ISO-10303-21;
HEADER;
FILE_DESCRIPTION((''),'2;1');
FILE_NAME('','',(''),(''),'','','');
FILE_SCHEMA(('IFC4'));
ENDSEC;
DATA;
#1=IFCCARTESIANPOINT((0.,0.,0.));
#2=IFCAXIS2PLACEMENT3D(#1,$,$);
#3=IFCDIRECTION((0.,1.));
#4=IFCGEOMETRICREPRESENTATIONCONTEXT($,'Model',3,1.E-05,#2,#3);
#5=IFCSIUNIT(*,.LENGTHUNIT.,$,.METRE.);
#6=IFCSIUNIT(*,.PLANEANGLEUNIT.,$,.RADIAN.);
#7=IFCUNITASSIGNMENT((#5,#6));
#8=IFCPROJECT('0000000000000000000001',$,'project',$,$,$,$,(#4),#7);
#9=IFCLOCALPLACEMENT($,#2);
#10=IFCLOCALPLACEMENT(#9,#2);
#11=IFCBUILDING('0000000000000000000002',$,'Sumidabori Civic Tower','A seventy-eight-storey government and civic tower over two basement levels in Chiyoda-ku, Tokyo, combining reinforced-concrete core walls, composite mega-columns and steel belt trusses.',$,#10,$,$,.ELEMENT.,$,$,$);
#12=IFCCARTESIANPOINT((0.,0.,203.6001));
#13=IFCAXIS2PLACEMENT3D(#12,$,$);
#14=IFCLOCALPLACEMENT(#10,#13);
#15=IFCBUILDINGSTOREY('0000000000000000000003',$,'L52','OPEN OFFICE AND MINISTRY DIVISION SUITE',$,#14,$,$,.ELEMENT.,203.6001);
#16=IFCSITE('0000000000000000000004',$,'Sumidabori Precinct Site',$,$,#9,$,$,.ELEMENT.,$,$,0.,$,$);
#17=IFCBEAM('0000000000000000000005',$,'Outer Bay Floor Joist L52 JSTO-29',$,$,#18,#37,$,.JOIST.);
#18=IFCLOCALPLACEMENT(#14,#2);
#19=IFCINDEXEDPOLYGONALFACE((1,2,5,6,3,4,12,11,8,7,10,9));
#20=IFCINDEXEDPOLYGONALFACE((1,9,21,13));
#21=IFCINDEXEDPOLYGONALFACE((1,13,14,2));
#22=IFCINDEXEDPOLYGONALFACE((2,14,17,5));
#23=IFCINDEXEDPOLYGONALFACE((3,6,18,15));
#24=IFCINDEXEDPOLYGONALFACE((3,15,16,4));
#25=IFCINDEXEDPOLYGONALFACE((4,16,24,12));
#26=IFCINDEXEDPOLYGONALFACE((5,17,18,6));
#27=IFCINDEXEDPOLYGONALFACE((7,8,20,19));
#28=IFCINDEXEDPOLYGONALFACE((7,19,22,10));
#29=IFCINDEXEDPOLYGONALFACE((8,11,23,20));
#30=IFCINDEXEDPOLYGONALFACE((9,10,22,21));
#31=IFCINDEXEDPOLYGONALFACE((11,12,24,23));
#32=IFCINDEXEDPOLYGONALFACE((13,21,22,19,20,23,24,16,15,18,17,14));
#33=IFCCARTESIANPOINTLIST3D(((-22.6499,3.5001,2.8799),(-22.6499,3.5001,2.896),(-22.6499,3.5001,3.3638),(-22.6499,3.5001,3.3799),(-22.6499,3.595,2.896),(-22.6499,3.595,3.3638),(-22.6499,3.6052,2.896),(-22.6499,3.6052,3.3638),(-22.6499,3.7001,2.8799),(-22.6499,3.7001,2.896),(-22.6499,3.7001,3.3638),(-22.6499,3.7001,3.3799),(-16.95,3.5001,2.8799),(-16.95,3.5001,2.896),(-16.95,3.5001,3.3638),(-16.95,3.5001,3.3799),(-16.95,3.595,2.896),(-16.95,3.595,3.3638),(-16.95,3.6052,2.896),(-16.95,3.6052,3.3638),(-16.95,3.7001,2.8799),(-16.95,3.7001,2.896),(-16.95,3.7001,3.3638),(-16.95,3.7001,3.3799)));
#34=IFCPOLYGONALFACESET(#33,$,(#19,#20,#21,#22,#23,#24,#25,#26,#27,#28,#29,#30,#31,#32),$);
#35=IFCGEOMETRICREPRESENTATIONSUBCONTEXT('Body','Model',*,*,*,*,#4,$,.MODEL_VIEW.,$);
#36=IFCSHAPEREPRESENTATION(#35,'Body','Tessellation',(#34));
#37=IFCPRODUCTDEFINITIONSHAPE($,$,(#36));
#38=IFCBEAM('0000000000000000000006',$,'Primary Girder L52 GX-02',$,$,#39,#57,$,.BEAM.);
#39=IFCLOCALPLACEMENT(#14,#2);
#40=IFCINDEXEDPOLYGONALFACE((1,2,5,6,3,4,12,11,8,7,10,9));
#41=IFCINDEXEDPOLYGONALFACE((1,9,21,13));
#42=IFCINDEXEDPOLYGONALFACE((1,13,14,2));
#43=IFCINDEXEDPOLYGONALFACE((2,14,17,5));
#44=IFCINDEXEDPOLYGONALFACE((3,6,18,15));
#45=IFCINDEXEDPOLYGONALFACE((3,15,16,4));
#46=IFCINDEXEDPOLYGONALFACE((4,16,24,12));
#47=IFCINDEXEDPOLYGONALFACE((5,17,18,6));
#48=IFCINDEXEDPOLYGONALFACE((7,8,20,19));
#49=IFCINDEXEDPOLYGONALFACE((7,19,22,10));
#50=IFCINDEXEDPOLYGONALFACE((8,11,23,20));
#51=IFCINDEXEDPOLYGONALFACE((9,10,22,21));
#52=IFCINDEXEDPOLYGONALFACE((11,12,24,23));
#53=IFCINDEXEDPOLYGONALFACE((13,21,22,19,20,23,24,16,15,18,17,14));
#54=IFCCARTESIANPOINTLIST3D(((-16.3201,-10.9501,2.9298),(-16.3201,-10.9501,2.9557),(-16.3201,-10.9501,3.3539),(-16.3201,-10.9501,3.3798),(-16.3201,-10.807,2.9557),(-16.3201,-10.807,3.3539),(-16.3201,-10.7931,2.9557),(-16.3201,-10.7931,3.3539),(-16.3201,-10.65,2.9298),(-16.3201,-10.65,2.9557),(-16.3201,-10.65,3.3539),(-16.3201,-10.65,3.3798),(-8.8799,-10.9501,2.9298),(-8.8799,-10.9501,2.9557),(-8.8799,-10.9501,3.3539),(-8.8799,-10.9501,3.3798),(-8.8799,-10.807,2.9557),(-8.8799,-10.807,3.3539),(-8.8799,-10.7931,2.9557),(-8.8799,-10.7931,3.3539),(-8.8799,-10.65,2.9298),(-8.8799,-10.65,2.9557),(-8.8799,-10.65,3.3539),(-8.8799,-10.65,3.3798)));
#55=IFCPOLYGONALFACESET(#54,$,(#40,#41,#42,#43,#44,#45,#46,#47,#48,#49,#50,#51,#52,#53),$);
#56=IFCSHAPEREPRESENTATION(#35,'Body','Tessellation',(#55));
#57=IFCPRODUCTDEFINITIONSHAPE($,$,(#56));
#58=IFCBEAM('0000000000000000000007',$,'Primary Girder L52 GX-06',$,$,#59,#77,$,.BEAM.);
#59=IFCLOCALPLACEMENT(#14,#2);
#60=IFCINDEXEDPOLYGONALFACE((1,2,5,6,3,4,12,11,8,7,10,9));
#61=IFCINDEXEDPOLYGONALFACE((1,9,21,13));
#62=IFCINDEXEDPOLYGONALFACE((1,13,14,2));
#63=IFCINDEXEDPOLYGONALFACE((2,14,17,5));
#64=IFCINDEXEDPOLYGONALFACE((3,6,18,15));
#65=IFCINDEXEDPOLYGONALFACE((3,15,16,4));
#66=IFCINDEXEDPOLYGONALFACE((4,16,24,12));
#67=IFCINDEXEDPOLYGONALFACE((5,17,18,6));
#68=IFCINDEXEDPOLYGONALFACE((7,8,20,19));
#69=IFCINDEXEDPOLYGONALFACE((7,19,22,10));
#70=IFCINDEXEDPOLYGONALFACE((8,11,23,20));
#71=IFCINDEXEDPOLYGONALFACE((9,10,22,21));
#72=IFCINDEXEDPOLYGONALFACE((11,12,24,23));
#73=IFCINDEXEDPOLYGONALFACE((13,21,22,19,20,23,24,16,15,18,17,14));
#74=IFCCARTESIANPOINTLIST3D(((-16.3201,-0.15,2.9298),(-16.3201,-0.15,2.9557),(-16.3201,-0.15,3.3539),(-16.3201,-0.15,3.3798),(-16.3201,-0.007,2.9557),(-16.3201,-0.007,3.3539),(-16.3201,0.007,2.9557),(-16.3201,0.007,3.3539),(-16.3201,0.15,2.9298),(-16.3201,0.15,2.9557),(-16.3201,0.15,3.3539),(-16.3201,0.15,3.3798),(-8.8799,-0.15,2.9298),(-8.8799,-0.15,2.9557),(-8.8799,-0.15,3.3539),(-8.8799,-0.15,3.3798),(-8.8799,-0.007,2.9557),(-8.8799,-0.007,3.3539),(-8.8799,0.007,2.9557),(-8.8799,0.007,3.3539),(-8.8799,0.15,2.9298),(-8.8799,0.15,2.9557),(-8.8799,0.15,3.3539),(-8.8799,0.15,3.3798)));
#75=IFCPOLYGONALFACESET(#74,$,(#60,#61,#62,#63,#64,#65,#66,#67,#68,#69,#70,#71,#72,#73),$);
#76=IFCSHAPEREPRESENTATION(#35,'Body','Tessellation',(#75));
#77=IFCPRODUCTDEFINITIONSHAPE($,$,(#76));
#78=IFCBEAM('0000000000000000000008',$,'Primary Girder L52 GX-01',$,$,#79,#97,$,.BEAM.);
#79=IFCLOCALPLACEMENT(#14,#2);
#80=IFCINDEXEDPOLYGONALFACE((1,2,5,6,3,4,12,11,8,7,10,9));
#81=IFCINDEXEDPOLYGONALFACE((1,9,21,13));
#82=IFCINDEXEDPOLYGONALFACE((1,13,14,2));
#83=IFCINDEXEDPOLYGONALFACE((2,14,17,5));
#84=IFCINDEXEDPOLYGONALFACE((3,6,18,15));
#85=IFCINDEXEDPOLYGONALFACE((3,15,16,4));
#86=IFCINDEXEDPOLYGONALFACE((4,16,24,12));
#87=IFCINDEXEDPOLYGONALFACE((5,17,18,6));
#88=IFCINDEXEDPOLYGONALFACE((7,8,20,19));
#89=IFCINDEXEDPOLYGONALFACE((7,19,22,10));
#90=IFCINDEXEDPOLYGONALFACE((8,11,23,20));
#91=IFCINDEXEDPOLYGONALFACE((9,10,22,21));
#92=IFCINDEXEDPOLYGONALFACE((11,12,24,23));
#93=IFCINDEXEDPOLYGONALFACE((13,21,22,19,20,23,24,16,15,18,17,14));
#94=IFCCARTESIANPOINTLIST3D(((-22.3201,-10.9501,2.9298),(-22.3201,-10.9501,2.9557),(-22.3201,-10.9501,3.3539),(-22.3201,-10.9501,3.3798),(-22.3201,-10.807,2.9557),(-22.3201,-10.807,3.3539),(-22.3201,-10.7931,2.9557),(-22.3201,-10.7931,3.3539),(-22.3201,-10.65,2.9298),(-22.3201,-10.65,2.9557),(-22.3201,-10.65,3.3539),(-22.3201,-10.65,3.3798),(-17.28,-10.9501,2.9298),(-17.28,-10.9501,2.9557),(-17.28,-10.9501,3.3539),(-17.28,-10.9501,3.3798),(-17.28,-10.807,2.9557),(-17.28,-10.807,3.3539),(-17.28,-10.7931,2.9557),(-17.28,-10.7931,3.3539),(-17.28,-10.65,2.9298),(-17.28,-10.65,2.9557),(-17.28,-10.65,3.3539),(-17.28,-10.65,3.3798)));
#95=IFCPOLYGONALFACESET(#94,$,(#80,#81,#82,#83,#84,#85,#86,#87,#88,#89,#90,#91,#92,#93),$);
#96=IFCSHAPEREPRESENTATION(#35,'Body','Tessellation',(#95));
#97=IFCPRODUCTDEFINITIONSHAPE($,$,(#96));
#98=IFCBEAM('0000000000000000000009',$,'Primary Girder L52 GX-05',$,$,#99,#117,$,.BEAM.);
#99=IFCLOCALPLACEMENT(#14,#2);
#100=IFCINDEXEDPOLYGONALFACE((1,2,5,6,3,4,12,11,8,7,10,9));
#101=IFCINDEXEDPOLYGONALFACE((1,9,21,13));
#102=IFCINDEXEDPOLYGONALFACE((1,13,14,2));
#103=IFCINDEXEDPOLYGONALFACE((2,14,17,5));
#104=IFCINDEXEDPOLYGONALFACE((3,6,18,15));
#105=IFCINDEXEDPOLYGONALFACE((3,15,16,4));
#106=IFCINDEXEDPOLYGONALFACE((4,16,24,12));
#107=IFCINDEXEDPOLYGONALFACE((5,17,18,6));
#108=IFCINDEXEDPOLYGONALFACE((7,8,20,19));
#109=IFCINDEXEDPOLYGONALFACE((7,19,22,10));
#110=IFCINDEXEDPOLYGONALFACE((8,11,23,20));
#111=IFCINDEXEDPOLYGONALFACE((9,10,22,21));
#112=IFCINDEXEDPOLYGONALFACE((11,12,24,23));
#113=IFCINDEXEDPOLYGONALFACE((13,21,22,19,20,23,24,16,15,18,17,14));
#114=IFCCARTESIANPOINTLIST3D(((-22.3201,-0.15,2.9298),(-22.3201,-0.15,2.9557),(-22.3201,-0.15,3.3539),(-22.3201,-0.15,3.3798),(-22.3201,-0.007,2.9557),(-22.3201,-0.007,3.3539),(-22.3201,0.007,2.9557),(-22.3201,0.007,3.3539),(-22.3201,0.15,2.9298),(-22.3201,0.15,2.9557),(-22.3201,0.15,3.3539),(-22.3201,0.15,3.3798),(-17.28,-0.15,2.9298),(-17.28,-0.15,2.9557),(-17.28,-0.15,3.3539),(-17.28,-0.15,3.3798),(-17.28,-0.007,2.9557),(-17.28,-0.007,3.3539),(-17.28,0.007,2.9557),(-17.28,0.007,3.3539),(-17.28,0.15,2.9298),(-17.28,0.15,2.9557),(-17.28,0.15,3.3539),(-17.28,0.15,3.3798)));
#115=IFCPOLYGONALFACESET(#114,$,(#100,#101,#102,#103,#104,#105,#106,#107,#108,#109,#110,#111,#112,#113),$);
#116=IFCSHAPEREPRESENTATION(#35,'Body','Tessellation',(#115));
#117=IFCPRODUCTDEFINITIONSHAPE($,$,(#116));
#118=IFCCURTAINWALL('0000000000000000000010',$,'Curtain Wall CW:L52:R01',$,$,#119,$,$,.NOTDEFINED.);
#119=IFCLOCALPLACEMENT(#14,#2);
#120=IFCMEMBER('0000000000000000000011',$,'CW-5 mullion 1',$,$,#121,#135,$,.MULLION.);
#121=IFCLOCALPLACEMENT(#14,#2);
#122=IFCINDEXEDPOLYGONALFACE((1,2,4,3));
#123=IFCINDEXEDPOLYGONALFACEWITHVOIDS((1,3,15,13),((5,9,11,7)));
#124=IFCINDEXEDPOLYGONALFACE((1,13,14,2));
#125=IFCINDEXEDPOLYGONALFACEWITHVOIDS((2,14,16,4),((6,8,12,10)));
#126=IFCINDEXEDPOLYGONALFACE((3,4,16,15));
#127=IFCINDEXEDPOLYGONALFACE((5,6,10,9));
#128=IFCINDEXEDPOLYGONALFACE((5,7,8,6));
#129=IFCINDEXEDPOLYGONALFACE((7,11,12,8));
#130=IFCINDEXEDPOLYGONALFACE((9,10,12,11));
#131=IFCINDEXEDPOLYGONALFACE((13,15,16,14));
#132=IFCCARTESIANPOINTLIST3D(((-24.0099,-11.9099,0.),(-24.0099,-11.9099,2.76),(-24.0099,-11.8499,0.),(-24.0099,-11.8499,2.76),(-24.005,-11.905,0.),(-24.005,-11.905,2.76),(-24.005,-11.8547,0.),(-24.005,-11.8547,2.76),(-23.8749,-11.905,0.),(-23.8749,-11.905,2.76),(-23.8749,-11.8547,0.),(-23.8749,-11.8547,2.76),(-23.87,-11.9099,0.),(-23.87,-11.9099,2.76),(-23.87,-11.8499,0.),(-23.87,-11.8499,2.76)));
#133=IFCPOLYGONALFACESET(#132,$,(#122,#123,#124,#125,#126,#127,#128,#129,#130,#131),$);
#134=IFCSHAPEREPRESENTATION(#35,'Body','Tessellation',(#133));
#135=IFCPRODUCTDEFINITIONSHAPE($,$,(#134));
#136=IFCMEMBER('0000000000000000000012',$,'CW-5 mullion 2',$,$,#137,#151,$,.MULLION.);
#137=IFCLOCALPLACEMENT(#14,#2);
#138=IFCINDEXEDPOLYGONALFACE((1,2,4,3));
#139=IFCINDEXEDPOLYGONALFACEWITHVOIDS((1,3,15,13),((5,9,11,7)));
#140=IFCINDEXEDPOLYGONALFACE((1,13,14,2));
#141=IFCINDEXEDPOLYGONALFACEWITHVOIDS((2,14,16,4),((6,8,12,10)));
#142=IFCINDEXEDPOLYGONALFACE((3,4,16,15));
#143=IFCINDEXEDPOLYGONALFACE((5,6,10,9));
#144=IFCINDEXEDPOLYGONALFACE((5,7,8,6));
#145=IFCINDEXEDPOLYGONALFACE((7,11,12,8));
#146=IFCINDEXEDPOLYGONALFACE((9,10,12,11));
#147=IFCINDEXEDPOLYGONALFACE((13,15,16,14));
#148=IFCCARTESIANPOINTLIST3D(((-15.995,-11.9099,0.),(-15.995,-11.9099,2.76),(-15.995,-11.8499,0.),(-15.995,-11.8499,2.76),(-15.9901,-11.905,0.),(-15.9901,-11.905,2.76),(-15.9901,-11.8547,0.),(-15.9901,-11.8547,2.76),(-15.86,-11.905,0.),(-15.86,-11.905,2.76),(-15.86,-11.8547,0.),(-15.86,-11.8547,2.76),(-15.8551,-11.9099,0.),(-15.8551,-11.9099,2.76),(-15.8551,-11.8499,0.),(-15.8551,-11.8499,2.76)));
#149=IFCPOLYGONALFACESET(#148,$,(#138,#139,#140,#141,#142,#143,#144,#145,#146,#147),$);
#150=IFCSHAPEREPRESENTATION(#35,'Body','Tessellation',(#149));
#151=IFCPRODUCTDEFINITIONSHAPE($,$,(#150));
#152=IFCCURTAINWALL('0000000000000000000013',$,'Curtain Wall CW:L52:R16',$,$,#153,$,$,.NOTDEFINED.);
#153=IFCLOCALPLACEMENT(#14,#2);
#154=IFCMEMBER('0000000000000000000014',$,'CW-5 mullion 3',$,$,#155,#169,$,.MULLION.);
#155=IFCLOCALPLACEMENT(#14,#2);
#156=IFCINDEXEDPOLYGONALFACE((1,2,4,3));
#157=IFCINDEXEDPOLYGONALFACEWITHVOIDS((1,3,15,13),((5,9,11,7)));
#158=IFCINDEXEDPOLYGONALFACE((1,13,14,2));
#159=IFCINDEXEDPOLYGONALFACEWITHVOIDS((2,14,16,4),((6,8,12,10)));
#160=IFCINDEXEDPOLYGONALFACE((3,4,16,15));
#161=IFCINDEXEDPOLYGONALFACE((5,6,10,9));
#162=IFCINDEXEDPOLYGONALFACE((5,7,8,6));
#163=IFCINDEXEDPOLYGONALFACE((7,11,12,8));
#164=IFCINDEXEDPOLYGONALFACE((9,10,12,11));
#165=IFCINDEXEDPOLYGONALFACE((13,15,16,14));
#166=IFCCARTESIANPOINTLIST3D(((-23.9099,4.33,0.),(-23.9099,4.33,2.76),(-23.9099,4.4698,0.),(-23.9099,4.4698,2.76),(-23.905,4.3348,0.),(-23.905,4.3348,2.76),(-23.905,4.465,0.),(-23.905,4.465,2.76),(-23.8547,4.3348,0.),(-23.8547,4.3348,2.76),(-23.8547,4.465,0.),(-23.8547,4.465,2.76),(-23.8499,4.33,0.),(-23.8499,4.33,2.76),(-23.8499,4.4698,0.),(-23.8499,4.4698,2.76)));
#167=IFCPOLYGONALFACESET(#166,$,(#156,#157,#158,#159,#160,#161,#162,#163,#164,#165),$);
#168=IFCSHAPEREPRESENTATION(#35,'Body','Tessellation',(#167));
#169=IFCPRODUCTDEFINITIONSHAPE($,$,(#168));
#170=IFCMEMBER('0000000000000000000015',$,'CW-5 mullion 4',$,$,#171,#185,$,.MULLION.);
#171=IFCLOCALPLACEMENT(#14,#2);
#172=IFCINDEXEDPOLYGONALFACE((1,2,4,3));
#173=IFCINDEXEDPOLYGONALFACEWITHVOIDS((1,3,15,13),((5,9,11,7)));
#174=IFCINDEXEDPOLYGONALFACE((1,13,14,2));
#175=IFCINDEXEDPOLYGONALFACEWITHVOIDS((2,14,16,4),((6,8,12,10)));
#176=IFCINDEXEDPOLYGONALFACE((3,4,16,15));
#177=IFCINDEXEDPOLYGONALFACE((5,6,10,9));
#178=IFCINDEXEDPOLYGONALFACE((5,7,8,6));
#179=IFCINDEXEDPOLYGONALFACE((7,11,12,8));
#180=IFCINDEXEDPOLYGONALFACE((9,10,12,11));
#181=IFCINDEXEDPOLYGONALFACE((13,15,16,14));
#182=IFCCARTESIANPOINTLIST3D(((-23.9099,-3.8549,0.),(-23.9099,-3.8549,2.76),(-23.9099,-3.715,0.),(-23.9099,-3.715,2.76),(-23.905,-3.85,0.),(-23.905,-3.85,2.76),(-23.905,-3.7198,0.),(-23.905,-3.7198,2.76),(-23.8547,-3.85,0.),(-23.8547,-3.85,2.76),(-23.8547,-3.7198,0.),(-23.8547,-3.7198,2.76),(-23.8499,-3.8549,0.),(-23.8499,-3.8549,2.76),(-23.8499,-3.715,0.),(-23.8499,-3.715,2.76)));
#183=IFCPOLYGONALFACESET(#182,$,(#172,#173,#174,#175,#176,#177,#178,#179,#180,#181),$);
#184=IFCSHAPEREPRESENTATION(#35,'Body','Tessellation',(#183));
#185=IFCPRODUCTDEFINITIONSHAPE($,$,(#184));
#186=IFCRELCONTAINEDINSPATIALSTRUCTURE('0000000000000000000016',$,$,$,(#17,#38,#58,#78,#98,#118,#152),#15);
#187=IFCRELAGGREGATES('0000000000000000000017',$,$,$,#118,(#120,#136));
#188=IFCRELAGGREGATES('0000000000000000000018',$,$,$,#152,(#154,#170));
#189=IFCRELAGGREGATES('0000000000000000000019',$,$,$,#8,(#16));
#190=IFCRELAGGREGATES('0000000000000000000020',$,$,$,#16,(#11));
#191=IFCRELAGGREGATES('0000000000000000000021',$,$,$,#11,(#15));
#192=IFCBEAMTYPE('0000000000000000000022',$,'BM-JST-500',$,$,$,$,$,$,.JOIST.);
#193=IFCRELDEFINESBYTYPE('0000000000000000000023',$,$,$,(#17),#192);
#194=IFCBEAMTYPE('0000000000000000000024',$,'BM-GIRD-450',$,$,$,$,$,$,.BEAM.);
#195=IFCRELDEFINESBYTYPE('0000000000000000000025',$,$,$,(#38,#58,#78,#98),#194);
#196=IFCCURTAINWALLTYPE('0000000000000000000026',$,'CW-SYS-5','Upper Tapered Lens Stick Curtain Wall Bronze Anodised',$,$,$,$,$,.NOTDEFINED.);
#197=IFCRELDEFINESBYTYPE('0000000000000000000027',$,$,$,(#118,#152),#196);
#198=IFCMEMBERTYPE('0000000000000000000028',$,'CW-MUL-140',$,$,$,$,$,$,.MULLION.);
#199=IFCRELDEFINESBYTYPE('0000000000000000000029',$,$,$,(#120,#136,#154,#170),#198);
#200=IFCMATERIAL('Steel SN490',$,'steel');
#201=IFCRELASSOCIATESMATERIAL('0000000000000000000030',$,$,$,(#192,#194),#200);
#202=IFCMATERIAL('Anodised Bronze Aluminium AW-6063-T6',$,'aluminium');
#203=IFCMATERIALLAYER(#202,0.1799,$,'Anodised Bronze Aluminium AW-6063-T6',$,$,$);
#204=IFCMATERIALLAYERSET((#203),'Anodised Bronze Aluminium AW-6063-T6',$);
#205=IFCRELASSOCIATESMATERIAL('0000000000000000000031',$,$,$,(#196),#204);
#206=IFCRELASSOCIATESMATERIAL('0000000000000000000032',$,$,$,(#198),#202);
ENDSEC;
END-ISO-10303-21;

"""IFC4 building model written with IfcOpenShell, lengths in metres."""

from ifc_helpers import new_model, si_unit, direction, frame, origin, origin_2d, place, context, subcontext, project, spatial, hollow_rectangle, i_section, extrude, source, transform, mapped, material, layer, layer_set, material_profile, profile_set, type_object, element, aggregate, save


model = new_model("IFC4")

# Units and contexts
model_context = context("Model", 3, precision=1e-05, world=origin(), true_north=direction((0.0, 1.0)))
body_context = subcontext(model_context, "Body", "Model", "MODEL_VIEW")
ifc_project = project(units=[si_unit("LENGTHUNIT", "METRE"), si_unit("PLANEANGLEUNIT", "RADIAN")], contexts=[model_context])

# Site, building, storey
site_placement = place(None, origin())
site = spatial("IfcSite", under=ifc_project, at=site_placement, Name="Sumidabori Precinct Site", CompositionType="ELEMENT", RefElevation=0.0)
building_placement = place(site_placement, origin())
building = spatial("IfcBuilding", under=site, at=building_placement, Name="Sumidabori Civic Tower", Description="A seventy-eight-storey government and civic tower over two basement levels in Chiyoda-ku, Tokyo, combining reinforced-concrete core walls, composite mega-columns and steel belt trusses.", CompositionType="ELEMENT")
storey_placement = place(building_placement, frame((0.0, 0.0, 203.6001)))
storey = spatial("IfcBuildingStorey", under=building, at=storey_placement, Name="L52", Description="OPEN OFFICE AND MINISTRY DIVISION SUITE", CompositionType="ELEMENT", Elevation=203.6001)

# Beams
ifc_material_1 = material(Name="Steel SN490", Category="steel")
ifc_material_profile_1 = material_profile(ifc_material_1, i_section(OverallWidth=0.2, OverallDepth=0.5, WebThickness=0.0103, FlangeThickness=0.0161, at=origin_2d()), Name="IPE 500")
ifc_profile_set_1 = profile_set([ifc_material_profile_1], Name="Steel SN490")
beam_type_1 = type_object("IfcBeamType", Name="BM-JST-500", PredefinedType="JOIST", material=ifc_profile_set_1)
shared_shape_1 = source(origin(), body_context, "Body", "SweptSolid", [
    extrude(i_section(OverallWidth=0.2, OverallDepth=0.5, WebThickness=0.0103, FlangeThickness=0.0161, at=origin_2d()), origin(), (0.0, 0.0, 1.0), 5.7),
])
for number, where, z_axis, x_axis, name in (
    (1, (-22.6499, 3.6001, 3.1299), (1.0, 0.0, 0.0), (0.0, 1.0, 0.0), "Outer Bay Floor Joist L52 JSTO-29"),
):
    element("IfcBeam", number, at=place(storey_placement, frame(where, z_axis=z_axis, x_axis=x_axis)), inside=storey, type_object=beam_type_1, Name=name, PredefinedType="JOIST", context=body_context, shape_type="MappedRepresentation", body=[
        mapped(shared_shape_1, transform((0.0, 0.0, 0.0), x_axis=(1.0, 0.0, 0.0), y_axis=(0.0, 1.0, 0.0), z_axis=(0.0, 0.0, 1.0), scale=1.0)),
    ])
ifc_material_profile_2 = material_profile(ifc_material_1, i_section(OverallWidth=0.3, OverallDepth=0.45, WebThickness=0.0139, FlangeThickness=0.0259, at=origin_2d()), Name="HE 450 B")
ifc_profile_set_2 = profile_set([ifc_material_profile_2], Name="Steel SN490")
beam_type_2 = type_object("IfcBeamType", Name="BM-GIRD-450", PredefinedType="BEAM", material=ifc_profile_set_2)
shared_shape_2 = source(origin(), body_context, "Body", "SweptSolid", [
    extrude(i_section(OverallWidth=0.3, OverallDepth=0.45, WebThickness=0.0139, FlangeThickness=0.0259, at=origin_2d()), origin(), (0.0, 0.0, 1.0), 7.4402),
])
for number, where, z_axis, x_axis, name in (
    (2, (-16.3201, -10.8, 3.1548), (1.0, 0.0, 0.0), (0.0, 1.0, 0.0), "Primary Girder L52 GX-02"),
    (3, (-16.3201, 0.0, 3.1548), (1.0, 0.0, 0.0), (0.0, 1.0, 0.0), "Primary Girder L52 GX-06"),
):
    element("IfcBeam", number, at=place(storey_placement, frame(where, z_axis=z_axis, x_axis=x_axis)), inside=storey, type_object=beam_type_2, Name=name, PredefinedType="BEAM", context=body_context, shape_type="MappedRepresentation", body=[
        mapped(shared_shape_2, transform((0.0, 0.0, 0.0), x_axis=(1.0, 0.0, 0.0), y_axis=(0.0, 1.0, 0.0), z_axis=(0.0, 0.0, 1.0), scale=1.0)),
    ])
shared_shape_3 = source(origin(), body_context, "Body", "SweptSolid", [
    extrude(i_section(OverallWidth=0.3, OverallDepth=0.45, WebThickness=0.0139, FlangeThickness=0.0259, at=origin_2d()), origin(), (0.0, 0.0, 1.0), 5.04),
])
for number, where, z_axis, x_axis, name in (
    (4, (-22.3201, -10.8, 3.1548), (1.0, 0.0, 0.0), (0.0, 1.0, 0.0), "Primary Girder L52 GX-01"),
    (5, (-22.3201, 0.0, 3.1548), (1.0, 0.0, 0.0), (0.0, 1.0, 0.0), "Primary Girder L52 GX-05"),
):
    element("IfcBeam", number, at=place(storey_placement, frame(where, z_axis=z_axis, x_axis=x_axis)), inside=storey, type_object=beam_type_2, Name=name, PredefinedType="BEAM", context=body_context, shape_type="MappedRepresentation", body=[
        mapped(shared_shape_3, transform((0.0, 0.0, 0.0), x_axis=(1.0, 0.0, 0.0), y_axis=(0.0, 1.0, 0.0), z_axis=(0.0, 0.0, 1.0), scale=1.0)),
    ])

# Curtain walls, members
ifc_material_2 = material(Name="Anodised Bronze Aluminium AW-6063-T6", Category="aluminium")
ifc_layer_1 = layer(ifc_material_2, 0.1799, Name="Anodised Bronze Aluminium AW-6063-T6")
ifc_layer_set_1 = layer_set([ifc_layer_1], Name="Anodised Bronze Aluminium AW-6063-T6")
curtain_wall_type = type_object("IfcCurtainWallType", Name="CW-SYS-5", Description="Upper Tapered Lens Stick Curtain Wall Bronze Anodised", PredefinedType="NOTDEFINED", material=ifc_layer_set_1)
curtain_wall_1_placement = place(storey_placement, origin())
curtain_wall_1 = element("IfcCurtainWall", 6, at=curtain_wall_1_placement, inside=storey, type_object=curtain_wall_type, Name="Curtain Wall CW:L52:R01", PredefinedType="NOTDEFINED")
ifc_material_profile_3 = material_profile(ifc_material_2, hollow_rectangle(XDim=0.0601, YDim=0.1399, WallThickness=0.0049, at=origin_2d()), Name="ALU MULLION 140x60")
ifc_profile_set_3 = profile_set([ifc_material_profile_3], Name="Anodised Bronze Aluminium AW-6063-T6")
member_type_1 = type_object("IfcMemberType", Name="CW-MUL-140", PredefinedType="MULLION", material=ifc_profile_set_3)
shared_shape_4 = source(origin(), body_context, "Body", "SweptSolid", [
    extrude(hollow_rectangle(XDim=0.0601, YDim=0.1399, WallThickness=0.0049, at=origin_2d()), origin(), (0.0, 0.0, 1.0), 2.76),
])
member_1_placement = place(storey_placement, frame((-23.9399, -11.8799, 0.0), z_axis=(0.0, 0.0, 1.0), x_axis=(0.0, 1.0, 0.0)))
member_1 = element("IfcMember", 7, at=member_1_placement, type_object=member_type_1, Name="CW-5 mullion 1", PredefinedType="MULLION", context=body_context, shape_type="MappedRepresentation", body=[
    mapped(shared_shape_4, transform((0.0, 0.0, 0.0), x_axis=(1.0, 0.0, 0.0), y_axis=(0.0, 1.0, 0.0), z_axis=(0.0, 0.0, 1.0), scale=1.0)),
])
member_2_placement = place(storey_placement, frame((-15.925, -11.8799, 0.0), z_axis=(0.0, 0.0, 1.0), x_axis=(0.0, 1.0, 0.0)))
member_2 = element("IfcMember", 8, at=member_2_placement, type_object=member_type_1, Name="CW-5 mullion 2", PredefinedType="MULLION", context=body_context, shape_type="MappedRepresentation", body=[
    mapped(shared_shape_4, transform((0.0, 0.0, 0.0), x_axis=(1.0, 0.0, 0.0), y_axis=(0.0, 1.0, 0.0), z_axis=(0.0, 0.0, 1.0), scale=1.0)),
])
curtain_wall_2_placement = place(storey_placement, origin())
curtain_wall_2 = element("IfcCurtainWall", 9, at=curtain_wall_2_placement, inside=storey, type_object=curtain_wall_type, Name="Curtain Wall CW:L52:R16", PredefinedType="NOTDEFINED")
member_3_placement = place(storey_placement, frame((-23.8799, 4.3999, 0.0), z_axis=(0.0, 0.0, 1.0), x_axis=(1.0, 0.0, 0.0)))
member_3 = element("IfcMember", 10, at=member_3_placement, type_object=member_type_1, Name="CW-5 mullion 3", PredefinedType="MULLION", context=body_context, shape_type="MappedRepresentation", body=[
    mapped(shared_shape_4, transform((0.0, 0.0, 0.0), x_axis=(1.0, 0.0, 0.0), y_axis=(0.0, 1.0, 0.0), z_axis=(0.0, 0.0, 1.0), scale=1.0)),
])
member_4_placement = place(storey_placement, frame((-23.8799, -3.7849, 0.0), z_axis=(0.0, 0.0, 1.0), x_axis=(1.0, 0.0, 0.0)))
member_4 = element("IfcMember", 11, at=member_4_placement, type_object=member_type_1, Name="CW-5 mullion 4", PredefinedType="MULLION", context=body_context, shape_type="MappedRepresentation", body=[
    mapped(shared_shape_4, transform((0.0, 0.0, 0.0), x_axis=(1.0, 0.0, 0.0), y_axis=(0.0, 1.0, 0.0), z_axis=(0.0, 0.0, 1.0), scale=1.0)),
])

aggregate(curtain_wall_1, [member_1, member_2])
aggregate(curtain_wall_2, [member_3, member_4])

save(model, "model.ifc")
